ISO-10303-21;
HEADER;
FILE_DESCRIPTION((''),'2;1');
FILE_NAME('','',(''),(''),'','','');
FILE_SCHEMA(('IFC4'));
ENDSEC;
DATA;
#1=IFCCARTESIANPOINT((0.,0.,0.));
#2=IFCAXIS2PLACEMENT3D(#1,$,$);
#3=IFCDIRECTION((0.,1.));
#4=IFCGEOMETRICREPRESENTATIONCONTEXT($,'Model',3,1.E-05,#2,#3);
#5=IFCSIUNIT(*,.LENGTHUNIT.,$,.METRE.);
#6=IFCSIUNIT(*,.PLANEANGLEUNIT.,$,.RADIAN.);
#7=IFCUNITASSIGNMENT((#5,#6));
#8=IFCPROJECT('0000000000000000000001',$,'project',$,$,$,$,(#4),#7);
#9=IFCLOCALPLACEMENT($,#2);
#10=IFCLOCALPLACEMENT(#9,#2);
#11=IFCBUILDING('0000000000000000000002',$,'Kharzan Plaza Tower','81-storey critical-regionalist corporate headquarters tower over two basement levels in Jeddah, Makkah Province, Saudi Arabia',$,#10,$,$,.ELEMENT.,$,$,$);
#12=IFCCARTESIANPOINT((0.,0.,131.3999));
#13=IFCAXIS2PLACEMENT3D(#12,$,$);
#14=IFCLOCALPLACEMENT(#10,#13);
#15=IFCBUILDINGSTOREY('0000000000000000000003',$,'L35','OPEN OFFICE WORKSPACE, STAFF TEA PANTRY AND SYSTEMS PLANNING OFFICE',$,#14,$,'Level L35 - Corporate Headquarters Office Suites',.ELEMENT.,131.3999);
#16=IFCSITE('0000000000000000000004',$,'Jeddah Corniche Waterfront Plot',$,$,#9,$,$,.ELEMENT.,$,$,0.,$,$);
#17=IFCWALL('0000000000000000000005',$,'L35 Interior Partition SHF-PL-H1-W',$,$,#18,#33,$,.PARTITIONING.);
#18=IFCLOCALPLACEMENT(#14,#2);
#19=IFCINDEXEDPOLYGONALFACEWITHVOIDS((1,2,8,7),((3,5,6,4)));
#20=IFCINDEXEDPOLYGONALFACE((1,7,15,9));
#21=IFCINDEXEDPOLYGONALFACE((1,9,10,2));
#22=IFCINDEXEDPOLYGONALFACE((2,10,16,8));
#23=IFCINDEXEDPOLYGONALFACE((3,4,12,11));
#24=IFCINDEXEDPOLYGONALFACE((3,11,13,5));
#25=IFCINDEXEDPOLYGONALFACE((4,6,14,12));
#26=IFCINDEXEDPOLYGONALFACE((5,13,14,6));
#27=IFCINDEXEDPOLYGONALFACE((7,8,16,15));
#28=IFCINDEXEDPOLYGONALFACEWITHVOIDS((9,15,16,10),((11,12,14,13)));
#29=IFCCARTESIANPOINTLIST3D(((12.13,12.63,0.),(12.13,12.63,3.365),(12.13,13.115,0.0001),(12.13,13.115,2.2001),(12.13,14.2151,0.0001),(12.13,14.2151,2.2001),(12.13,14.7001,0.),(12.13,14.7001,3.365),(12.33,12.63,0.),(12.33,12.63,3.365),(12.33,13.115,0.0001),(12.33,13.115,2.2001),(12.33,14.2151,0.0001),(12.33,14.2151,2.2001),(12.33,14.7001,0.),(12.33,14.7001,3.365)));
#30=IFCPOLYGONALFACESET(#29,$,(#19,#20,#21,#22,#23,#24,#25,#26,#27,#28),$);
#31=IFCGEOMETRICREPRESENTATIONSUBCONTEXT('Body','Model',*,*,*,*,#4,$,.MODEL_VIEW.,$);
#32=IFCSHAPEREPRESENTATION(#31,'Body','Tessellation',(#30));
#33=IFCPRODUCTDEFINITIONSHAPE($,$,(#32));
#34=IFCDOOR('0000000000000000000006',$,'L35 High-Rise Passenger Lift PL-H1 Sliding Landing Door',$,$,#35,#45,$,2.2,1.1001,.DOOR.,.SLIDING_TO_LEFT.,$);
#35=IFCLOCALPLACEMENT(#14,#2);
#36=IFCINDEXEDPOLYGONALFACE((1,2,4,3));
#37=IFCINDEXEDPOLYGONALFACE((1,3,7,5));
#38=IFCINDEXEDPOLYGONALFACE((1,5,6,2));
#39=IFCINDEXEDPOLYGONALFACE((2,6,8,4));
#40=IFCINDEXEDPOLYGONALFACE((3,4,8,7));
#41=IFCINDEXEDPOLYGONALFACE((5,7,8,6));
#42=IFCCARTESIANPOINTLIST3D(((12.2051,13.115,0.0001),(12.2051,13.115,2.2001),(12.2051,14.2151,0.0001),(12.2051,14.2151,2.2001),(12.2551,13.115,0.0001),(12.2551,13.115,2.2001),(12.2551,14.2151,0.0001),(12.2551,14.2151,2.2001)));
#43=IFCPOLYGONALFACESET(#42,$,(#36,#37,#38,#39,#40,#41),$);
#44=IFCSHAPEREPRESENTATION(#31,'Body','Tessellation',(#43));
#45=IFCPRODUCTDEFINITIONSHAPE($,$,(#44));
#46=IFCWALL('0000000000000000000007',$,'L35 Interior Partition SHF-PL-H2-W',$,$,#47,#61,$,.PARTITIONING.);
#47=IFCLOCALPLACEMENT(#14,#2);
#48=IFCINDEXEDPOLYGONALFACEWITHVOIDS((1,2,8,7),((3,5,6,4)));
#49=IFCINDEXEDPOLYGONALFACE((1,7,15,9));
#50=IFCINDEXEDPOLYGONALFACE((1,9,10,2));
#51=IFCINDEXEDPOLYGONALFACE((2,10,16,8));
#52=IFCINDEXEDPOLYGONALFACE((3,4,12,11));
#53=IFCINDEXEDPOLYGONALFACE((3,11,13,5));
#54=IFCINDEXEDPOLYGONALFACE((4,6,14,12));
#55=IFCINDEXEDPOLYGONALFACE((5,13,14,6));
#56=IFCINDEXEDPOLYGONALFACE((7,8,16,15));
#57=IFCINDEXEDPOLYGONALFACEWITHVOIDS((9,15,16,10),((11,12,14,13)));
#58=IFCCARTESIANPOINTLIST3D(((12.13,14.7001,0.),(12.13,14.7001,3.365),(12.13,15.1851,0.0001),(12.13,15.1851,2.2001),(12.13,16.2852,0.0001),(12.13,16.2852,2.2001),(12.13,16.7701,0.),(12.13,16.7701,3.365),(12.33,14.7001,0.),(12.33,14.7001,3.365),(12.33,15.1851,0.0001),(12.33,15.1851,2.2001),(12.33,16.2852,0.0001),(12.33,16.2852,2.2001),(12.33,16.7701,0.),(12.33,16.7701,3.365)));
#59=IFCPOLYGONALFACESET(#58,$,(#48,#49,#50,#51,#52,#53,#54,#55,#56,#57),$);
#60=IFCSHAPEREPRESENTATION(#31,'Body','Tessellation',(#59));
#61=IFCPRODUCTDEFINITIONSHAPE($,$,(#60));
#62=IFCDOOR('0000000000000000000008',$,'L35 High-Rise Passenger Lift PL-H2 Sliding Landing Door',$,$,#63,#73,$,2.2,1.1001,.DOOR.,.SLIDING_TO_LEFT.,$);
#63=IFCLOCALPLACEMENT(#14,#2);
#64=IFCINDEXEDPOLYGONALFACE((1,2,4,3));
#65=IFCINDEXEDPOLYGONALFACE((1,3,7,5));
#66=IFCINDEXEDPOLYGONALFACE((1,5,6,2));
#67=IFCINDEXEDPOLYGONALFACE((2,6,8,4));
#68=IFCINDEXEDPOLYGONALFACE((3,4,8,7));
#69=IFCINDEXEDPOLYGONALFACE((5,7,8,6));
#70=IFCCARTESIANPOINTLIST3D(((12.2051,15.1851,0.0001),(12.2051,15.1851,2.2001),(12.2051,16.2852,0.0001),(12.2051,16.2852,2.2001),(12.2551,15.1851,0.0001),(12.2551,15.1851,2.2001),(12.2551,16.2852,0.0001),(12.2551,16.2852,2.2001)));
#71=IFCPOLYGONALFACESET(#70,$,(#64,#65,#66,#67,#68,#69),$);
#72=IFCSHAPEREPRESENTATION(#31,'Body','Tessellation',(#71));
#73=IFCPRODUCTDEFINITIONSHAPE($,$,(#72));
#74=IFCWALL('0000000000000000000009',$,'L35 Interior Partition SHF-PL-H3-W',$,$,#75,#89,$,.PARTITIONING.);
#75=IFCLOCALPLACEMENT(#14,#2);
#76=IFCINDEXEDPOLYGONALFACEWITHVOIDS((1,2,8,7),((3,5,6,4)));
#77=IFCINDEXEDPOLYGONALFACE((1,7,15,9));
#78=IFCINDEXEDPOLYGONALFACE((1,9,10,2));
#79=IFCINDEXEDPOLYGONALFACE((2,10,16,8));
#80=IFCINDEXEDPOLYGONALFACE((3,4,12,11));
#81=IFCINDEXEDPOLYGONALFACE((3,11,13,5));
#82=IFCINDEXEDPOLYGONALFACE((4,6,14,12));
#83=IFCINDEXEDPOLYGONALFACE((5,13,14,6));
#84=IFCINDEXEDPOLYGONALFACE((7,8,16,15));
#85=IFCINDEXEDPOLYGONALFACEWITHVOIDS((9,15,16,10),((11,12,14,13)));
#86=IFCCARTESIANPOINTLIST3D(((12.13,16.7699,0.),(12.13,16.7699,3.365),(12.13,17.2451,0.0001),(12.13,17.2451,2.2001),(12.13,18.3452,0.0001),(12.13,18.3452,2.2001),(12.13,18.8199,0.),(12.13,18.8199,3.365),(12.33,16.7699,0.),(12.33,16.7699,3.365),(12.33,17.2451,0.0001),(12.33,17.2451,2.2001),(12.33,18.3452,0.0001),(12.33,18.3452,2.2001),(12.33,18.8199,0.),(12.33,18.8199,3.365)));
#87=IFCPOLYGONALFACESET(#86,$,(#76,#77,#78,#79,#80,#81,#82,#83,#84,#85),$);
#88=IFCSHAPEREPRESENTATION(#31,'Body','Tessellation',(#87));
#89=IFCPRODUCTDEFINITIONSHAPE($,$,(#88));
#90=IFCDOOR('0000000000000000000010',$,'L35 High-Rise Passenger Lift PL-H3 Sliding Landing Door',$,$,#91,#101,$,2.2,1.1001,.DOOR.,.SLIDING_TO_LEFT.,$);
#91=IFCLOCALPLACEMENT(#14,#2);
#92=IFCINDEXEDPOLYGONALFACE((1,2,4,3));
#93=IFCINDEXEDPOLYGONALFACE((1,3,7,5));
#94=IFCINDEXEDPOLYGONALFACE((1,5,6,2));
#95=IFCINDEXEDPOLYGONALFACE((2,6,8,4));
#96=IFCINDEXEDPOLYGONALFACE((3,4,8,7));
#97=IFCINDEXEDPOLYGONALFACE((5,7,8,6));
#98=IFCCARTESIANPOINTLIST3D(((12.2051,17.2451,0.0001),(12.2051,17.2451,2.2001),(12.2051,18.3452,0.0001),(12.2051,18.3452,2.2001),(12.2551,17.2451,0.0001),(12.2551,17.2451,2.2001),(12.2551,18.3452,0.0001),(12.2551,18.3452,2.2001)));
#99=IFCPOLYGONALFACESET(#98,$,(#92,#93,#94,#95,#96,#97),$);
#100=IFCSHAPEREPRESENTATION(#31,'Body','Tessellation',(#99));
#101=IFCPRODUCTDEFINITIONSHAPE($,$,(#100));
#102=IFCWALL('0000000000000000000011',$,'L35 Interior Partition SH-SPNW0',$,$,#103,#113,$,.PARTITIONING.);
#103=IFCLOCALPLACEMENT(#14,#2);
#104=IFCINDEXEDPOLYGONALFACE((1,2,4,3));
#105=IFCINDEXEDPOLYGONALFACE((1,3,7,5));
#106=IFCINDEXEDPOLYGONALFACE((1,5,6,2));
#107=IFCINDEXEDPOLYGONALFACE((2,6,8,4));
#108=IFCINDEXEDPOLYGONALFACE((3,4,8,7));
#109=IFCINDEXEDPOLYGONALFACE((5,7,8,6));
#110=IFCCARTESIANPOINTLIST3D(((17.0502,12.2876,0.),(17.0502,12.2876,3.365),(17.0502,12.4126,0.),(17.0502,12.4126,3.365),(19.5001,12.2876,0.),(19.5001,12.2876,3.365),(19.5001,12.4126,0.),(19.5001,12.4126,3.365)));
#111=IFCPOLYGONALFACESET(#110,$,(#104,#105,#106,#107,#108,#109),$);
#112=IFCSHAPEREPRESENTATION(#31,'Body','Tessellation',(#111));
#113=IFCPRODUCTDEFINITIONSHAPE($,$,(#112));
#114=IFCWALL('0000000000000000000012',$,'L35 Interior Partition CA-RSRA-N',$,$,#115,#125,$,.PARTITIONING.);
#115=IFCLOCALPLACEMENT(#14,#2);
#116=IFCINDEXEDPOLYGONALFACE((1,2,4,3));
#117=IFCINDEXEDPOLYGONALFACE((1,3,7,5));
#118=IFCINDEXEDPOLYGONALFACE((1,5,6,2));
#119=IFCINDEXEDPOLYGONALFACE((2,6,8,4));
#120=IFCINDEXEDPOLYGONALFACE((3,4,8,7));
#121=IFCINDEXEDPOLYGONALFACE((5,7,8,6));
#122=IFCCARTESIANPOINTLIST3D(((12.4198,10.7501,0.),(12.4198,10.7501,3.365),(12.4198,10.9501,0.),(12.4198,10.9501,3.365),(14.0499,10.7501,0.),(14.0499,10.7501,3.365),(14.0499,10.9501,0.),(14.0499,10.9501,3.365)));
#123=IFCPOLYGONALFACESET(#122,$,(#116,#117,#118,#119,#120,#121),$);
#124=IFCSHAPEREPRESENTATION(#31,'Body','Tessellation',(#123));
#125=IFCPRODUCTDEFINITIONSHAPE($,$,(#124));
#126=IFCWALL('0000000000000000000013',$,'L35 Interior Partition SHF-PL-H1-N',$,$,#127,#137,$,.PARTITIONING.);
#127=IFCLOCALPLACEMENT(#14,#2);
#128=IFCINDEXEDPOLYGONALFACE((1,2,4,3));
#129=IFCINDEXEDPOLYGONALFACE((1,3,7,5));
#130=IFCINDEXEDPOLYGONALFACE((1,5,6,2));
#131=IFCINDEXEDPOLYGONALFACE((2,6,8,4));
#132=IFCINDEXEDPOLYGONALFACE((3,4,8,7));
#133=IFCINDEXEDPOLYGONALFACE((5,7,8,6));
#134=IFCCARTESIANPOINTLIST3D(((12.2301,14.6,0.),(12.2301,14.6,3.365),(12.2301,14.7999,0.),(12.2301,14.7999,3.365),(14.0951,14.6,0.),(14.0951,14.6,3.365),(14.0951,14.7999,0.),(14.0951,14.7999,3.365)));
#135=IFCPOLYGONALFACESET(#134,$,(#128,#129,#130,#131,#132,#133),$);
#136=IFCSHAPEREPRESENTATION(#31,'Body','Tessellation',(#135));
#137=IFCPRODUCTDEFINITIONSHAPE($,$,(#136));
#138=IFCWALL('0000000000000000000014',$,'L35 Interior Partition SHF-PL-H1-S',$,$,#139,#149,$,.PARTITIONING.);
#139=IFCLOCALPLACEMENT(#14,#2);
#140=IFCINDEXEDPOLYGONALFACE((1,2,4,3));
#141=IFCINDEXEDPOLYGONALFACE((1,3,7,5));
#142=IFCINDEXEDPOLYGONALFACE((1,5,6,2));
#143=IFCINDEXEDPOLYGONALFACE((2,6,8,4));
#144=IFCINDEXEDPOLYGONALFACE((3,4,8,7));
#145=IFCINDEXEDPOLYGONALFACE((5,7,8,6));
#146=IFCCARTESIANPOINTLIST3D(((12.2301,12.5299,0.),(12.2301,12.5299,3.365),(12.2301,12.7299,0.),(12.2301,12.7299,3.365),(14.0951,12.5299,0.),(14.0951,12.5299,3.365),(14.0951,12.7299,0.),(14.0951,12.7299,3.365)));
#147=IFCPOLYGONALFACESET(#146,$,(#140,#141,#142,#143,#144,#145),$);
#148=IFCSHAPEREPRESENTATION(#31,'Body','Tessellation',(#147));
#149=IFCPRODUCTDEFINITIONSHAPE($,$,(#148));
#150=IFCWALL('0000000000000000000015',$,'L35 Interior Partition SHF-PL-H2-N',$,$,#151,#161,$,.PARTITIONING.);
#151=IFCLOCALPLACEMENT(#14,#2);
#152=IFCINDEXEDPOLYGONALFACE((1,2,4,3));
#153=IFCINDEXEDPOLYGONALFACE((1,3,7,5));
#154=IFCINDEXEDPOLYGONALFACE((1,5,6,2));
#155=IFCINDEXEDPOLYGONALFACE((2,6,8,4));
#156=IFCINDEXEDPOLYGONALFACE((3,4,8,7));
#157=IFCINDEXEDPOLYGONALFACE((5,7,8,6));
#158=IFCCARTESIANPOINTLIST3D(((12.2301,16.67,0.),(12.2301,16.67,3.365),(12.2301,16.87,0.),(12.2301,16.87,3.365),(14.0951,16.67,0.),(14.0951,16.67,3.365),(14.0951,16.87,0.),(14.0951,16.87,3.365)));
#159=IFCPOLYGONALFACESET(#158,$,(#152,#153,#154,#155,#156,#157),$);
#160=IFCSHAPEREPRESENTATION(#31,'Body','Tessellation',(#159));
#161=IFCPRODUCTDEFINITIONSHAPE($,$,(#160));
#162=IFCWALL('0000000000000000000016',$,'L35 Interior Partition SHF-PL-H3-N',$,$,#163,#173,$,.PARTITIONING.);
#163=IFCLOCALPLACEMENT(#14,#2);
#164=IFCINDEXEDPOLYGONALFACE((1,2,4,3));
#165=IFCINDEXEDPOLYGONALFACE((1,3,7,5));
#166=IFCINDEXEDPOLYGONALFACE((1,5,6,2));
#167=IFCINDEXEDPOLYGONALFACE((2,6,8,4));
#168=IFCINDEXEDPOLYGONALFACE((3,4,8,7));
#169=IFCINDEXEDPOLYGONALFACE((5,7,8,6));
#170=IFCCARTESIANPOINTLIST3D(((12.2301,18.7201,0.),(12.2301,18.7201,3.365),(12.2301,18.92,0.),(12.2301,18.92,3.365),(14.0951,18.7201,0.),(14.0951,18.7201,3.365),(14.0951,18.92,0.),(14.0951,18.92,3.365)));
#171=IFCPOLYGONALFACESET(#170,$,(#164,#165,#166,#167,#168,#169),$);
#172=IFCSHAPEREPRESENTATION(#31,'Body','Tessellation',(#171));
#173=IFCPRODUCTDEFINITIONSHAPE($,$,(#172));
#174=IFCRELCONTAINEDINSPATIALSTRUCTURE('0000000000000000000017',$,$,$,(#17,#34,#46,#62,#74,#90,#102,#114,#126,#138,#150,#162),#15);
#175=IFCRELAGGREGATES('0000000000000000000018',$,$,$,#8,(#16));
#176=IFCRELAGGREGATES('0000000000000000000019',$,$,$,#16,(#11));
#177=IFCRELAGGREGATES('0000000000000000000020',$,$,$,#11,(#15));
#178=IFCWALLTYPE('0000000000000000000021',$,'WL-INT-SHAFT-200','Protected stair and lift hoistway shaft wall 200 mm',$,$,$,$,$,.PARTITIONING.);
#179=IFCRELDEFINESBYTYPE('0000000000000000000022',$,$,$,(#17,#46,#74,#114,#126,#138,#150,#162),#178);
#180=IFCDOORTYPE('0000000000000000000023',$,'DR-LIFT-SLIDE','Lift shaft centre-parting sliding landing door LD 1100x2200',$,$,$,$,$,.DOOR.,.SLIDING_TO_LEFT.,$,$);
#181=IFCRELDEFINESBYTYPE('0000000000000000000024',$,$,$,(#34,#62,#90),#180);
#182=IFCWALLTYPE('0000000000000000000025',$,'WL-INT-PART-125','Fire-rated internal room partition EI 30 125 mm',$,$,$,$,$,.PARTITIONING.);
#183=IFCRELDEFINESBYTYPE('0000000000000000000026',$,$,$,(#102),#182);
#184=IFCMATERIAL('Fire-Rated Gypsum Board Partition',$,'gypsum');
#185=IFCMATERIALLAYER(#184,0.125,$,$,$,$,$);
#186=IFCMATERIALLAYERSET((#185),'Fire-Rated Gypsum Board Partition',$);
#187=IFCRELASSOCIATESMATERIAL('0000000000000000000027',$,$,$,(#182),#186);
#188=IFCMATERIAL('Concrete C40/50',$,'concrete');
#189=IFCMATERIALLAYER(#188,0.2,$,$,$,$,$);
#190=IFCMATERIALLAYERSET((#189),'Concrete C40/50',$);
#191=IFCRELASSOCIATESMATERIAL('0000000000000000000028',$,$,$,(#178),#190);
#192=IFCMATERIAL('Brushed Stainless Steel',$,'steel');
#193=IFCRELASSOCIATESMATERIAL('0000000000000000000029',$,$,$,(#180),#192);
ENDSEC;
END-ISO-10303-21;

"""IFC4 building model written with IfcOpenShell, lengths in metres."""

from ifc_helpers import new_model, si_unit, direction, frame, frame_2d, origin, place, context, subcontext, project, spatial, rectangle, extrude, source, transform, mapped, material, layer, layer_set, type_object, element, fill, save


model = new_model("IFC4")

# Units and contexts
model_context = context("Model", 3, precision=1e-05, world=origin(), true_north=direction((0.0, 1.0)))
body_context = subcontext(model_context, "Body", "Model", "MODEL_VIEW")
ifc_project = project(units=[si_unit("LENGTHUNIT", "METRE"), si_unit("PLANEANGLEUNIT", "RADIAN")], contexts=[model_context])

# Site, building, storey
site_placement = place(None, origin())
site = spatial("IfcSite", under=ifc_project, at=site_placement, Name="Jeddah Corniche Waterfront Plot", CompositionType="ELEMENT", RefElevation=0.0)
building_placement = place(site_placement, origin())
building = spatial("IfcBuilding", under=site, at=building_placement, Name="Kharzan Plaza Tower", Description="81-storey critical-regionalist corporate headquarters tower over two basement levels in Jeddah, Makkah Province, Saudi Arabia", CompositionType="ELEMENT")
storey_placement = place(building_placement, frame((0.0, 0.0, 131.3999)))
storey = spatial("IfcBuildingStorey", under=building, at=storey_placement, Name="L35", Description="OPEN OFFICE WORKSPACE, STAFF TEA PANTRY AND SYSTEMS PLANNING OFFICE", LongName="Level L35 - Corporate Headquarters Office Suites", CompositionType="ELEMENT", Elevation=131.3999)

# Walls, openings, doors
ifc_material_1 = material(Name="Fire-Rated Gypsum Board Partition", Category="gypsum")
ifc_layer_1 = layer(ifc_material_1, 0.125)
ifc_layer_set_1 = layer_set([ifc_layer_1], Name="Fire-Rated Gypsum Board Partition")
wall_type_1 = type_object("IfcWallType", Name="WL-INT-PART-125", Description="Fire-rated internal room partition EI 30 125 mm", PredefinedType="PARTITIONING", material=ifc_layer_set_1)
ifc_material_2 = material(Name="Concrete C40/50", Category="concrete")
ifc_layer_2 = layer(ifc_material_2, 0.2)
ifc_layer_set_2 = layer_set([ifc_layer_2], Name="Concrete C40/50")
wall_type_2 = type_object("IfcWallType", Name="WL-INT-SHAFT-200", Description="Protected stair and lift hoistway shaft wall 200 mm", PredefinedType="PARTITIONING", material=ifc_layer_set_2)
wall_1_placement = place(storey_placement, frame((12.23, 12.6299, 0.0), z_axis=(0.0, 0.0, 1.0), x_axis=(0.0, 1.0, 0.0)))
wall_1 = element("IfcWall", 1, at=wall_1_placement, inside=storey, type_object=wall_type_2, Name="L35 Interior Partition SHF-PL-H1-W", PredefinedType="PARTITIONING", context=body_context, shape_type="SweptSolid", body=[
    extrude(rectangle(XDim=2.0701, YDim=0.2, at=frame_2d((1.0352, 0.0))), origin(), (0.0, 0.0, 1.0), 3.365),
])
opening_1_placement = place(wall_1_placement, frame((0.4851, 0.0, 0.0)))
opening_1 = element("IfcOpeningElement", 2, at=opening_1_placement, cuts=wall_1, PredefinedType="OPENING", context=body_context, shape_type="SweptSolid", body=[
    extrude(rectangle(XDim=1.1001, YDim=2.2, at=frame_2d((0.55, 1.1001))), frame((0.0, 0.1099, 0.0), z_axis=(0.0, -1.0, 0.0), x_axis=(1.0, 0.0, 0.0)), (0.0, 0.0, 1.0), 0.22),
])
ifc_material_3 = material(Name="Brushed Stainless Steel", Category="steel")
door_type_1 = type_object("IfcDoorType", Name="DR-LIFT-SLIDE", Description="Lift shaft centre-parting sliding landing door LD 1100x2200", OperationType="SLIDING_TO_LEFT", PredefinedType="DOOR", material=ifc_material_3)
shared_shape_1 = source(origin(), body_context, "Body", "SweptSolid", [
    extrude(rectangle(XDim=1.1001, YDim=2.2, at=frame_2d((0.55, 1.1001))), frame((0.0, 0.0249, 0.0), z_axis=(0.0, -1.0, 0.0), x_axis=(1.0, 0.0, 0.0)), (0.0, 0.0, 1.0), 0.05),
])
door_1_placement = place(opening_1_placement, origin())
door_1 = element("IfcDoor", 3, at=door_1_placement, inside=storey, type_object=door_type_1, Name="L35 High-Rise Passenger Lift PL-H1 Sliding Landing Door", OperationType="SLIDING_TO_LEFT", OverallHeight=2.2, OverallWidth=1.1001, PredefinedType="DOOR", context=body_context, shape_type="MappedRepresentation", body=[
    mapped(shared_shape_1, transform((0.0, 0.0, 0.0), x_axis=(1.0, 0.0, 0.0), y_axis=(0.0, 1.0, 0.0), z_axis=(0.0, 0.0, 1.0))),
])
fill(opening_1, door_1)
wall_2_placement = place(storey_placement, frame((12.23, 14.7, 0.0), z_axis=(0.0, 0.0, 1.0), x_axis=(0.0, 1.0, 0.0)))
wall_2 = element("IfcWall", 4, at=wall_2_placement, inside=storey, type_object=wall_type_2, Name="L35 Interior Partition SHF-PL-H2-W", PredefinedType="PARTITIONING", context=body_context, shape_type="SweptSolid", body=[
    extrude(rectangle(XDim=2.0701, YDim=0.2, at=frame_2d((1.0352, 0.0))), origin(), (0.0, 0.0, 1.0), 3.365),
])
opening_2_placement = place(wall_2_placement, frame((0.4851, 0.0, 0.0)))
opening_2 = element("IfcOpeningElement", 5, at=opening_2_placement, cuts=wall_2, PredefinedType="OPENING", context=body_context, shape_type="SweptSolid", body=[
    extrude(rectangle(XDim=1.1001, YDim=2.2, at=frame_2d((0.55, 1.1001))), frame((0.0, 0.1099, 0.0), z_axis=(0.0, -1.0, 0.0), x_axis=(1.0, 0.0, 0.0)), (0.0, 0.0, 1.0), 0.22),
])
door_2_placement = place(opening_2_placement, origin())
door_2 = element("IfcDoor", 6, at=door_2_placement, inside=storey, type_object=door_type_1, Name="L35 High-Rise Passenger Lift PL-H2 Sliding Landing Door", OperationType="SLIDING_TO_LEFT", OverallHeight=2.2, OverallWidth=1.1001, PredefinedType="DOOR", context=body_context, shape_type="MappedRepresentation", body=[
    mapped(shared_shape_1, transform((0.0, 0.0, 0.0), x_axis=(1.0, 0.0, 0.0), y_axis=(0.0, 1.0, 0.0), z_axis=(0.0, 0.0, 1.0))),
])
fill(opening_2, door_2)
wall_3_placement = place(storey_placement, frame((12.23, 16.77, 0.0), z_axis=(0.0, 0.0, 1.0), x_axis=(0.0, 1.0, 0.0)))
wall_3 = element("IfcWall", 7, at=wall_3_placement, inside=storey, type_object=wall_type_2, Name="L35 Interior Partition SHF-PL-H3-W", PredefinedType="PARTITIONING", context=body_context, shape_type="SweptSolid", body=[
    extrude(rectangle(XDim=2.05, YDim=0.2, at=frame_2d((1.0249, 0.0))), origin(), (0.0, 0.0, 1.0), 3.365),
])
opening_3_placement = place(wall_3_placement, frame((0.4751, 0.0, 0.0)))
opening_3 = element("IfcOpeningElement", 8, at=opening_3_placement, cuts=wall_3, PredefinedType="OPENING", context=body_context, shape_type="SweptSolid", body=[
    extrude(rectangle(XDim=1.1001, YDim=2.2, at=frame_2d((0.55, 1.1001))), frame((0.0, 0.1099, 0.0), z_axis=(0.0, -1.0, 0.0), x_axis=(1.0, 0.0, 0.0)), (0.0, 0.0, 1.0), 0.22),
])
door_3_placement = place(opening_3_placement, origin())
door_3 = element("IfcDoor", 9, at=door_3_placement, inside=storey, type_object=door_type_1, Name="L35 High-Rise Passenger Lift PL-H3 Sliding Landing Door", OperationType="SLIDING_TO_LEFT", OverallHeight=2.2, OverallWidth=1.1001, PredefinedType="DOOR", context=body_context, shape_type="MappedRepresentation", body=[
    mapped(shared_shape_1, transform((0.0, 0.0, 0.0), x_axis=(1.0, 0.0, 0.0), y_axis=(0.0, 1.0, 0.0), z_axis=(0.0, 0.0, 1.0))),
])
fill(opening_3, door_3)

# Walls
shared_shape_2 = source(origin(), body_context, "Body", "SweptSolid", [
    extrude(rectangle(XDim=2.45, YDim=0.125, at=frame_2d((1.2251, 0.0))), origin(), (0.0, 0.0, 1.0), 3.365),
])
wall_4_placement = place(storey_placement, frame((17.05, 12.3501, 0.0), z_axis=(0.0, 0.0, 1.0), x_axis=(1.0, 0.0, 0.0)))
element("IfcWall", 10, at=wall_4_placement, inside=storey, type_object=wall_type_1, Name="L35 Interior Partition SH-SPNW0", PredefinedType="PARTITIONING", context=body_context, shape_type="MappedRepresentation", body=[
    mapped(shared_shape_2, transform((0.0, 0.0, 0.0), x_axis=(1.0, 0.0, 0.0), y_axis=(0.0, 1.0, 0.0), z_axis=(0.0, 0.0, 1.0))),
])
shared_shape_3 = source(origin(), body_context, "Body", "SweptSolid", [
    extrude(rectangle(XDim=1.6301, YDim=0.2, at=frame_2d((0.8149, 0.0))), origin(), (0.0, 0.0, 1.0), 3.365),
])
wall_5_placement = place(storey_placement, frame((12.4199, 10.8501, 0.0), z_axis=(0.0, 0.0, 1.0), x_axis=(1.0, 0.0, 0.0)))
element("IfcWall", 11, at=wall_5_placement, inside=storey, type_object=wall_type_2, Name="L35 Interior Partition CA-RSRA-N", PredefinedType="PARTITIONING", context=body_context, shape_type="MappedRepresentation", body=[
    mapped(shared_shape_3, transform((0.0, 0.0, 0.0), x_axis=(1.0, 0.0, 0.0), y_axis=(0.0, 1.0, 0.0), z_axis=(0.0, 0.0, 1.0))),
])
shared_shape_4 = source(origin(), body_context, "Body", "SweptSolid", [
    extrude(rectangle(XDim=1.865, YDim=0.2, at=frame_2d((0.9326, 0.0))), origin(), (0.0, 0.0, 1.0), 3.365),
])
for number, where, z_axis, x_axis, name in (
    (12, (12.23, 14.7, 0.0), (0.0, 0.0, 1.0), (1.0, 0.0, 0.0), "L35 Interior Partition SHF-PL-H1-N"),
    (13, (12.23, 12.6299, 0.0), (0.0, 0.0, 1.0), (1.0, 0.0, 0.0), "L35 Interior Partition SHF-PL-H1-S"),
    (14, (12.23, 16.77, 0.0), (0.0, 0.0, 1.0), (1.0, 0.0, 0.0), "L35 Interior Partition SHF-PL-H2-N"),
    (15, (12.23, 18.8201, 0.0), (0.0, 0.0, 1.0), (1.0, 0.0, 0.0), "L35 Interior Partition SHF-PL-H3-N"),
):
    element("IfcWall", number, at=place(storey_placement, frame(where, z_axis=z_axis, x_axis=x_axis)), inside=storey, type_object=wall_type_2, Name=name, PredefinedType="PARTITIONING", context=body_context, shape_type="MappedRepresentation", body=[
        mapped(shared_shape_4, transform((0.0, 0.0, 0.0), x_axis=(1.0, 0.0, 0.0), y_axis=(0.0, 1.0, 0.0), z_axis=(0.0, 0.0, 1.0))),
    ])

save(model, "model.ifc")
